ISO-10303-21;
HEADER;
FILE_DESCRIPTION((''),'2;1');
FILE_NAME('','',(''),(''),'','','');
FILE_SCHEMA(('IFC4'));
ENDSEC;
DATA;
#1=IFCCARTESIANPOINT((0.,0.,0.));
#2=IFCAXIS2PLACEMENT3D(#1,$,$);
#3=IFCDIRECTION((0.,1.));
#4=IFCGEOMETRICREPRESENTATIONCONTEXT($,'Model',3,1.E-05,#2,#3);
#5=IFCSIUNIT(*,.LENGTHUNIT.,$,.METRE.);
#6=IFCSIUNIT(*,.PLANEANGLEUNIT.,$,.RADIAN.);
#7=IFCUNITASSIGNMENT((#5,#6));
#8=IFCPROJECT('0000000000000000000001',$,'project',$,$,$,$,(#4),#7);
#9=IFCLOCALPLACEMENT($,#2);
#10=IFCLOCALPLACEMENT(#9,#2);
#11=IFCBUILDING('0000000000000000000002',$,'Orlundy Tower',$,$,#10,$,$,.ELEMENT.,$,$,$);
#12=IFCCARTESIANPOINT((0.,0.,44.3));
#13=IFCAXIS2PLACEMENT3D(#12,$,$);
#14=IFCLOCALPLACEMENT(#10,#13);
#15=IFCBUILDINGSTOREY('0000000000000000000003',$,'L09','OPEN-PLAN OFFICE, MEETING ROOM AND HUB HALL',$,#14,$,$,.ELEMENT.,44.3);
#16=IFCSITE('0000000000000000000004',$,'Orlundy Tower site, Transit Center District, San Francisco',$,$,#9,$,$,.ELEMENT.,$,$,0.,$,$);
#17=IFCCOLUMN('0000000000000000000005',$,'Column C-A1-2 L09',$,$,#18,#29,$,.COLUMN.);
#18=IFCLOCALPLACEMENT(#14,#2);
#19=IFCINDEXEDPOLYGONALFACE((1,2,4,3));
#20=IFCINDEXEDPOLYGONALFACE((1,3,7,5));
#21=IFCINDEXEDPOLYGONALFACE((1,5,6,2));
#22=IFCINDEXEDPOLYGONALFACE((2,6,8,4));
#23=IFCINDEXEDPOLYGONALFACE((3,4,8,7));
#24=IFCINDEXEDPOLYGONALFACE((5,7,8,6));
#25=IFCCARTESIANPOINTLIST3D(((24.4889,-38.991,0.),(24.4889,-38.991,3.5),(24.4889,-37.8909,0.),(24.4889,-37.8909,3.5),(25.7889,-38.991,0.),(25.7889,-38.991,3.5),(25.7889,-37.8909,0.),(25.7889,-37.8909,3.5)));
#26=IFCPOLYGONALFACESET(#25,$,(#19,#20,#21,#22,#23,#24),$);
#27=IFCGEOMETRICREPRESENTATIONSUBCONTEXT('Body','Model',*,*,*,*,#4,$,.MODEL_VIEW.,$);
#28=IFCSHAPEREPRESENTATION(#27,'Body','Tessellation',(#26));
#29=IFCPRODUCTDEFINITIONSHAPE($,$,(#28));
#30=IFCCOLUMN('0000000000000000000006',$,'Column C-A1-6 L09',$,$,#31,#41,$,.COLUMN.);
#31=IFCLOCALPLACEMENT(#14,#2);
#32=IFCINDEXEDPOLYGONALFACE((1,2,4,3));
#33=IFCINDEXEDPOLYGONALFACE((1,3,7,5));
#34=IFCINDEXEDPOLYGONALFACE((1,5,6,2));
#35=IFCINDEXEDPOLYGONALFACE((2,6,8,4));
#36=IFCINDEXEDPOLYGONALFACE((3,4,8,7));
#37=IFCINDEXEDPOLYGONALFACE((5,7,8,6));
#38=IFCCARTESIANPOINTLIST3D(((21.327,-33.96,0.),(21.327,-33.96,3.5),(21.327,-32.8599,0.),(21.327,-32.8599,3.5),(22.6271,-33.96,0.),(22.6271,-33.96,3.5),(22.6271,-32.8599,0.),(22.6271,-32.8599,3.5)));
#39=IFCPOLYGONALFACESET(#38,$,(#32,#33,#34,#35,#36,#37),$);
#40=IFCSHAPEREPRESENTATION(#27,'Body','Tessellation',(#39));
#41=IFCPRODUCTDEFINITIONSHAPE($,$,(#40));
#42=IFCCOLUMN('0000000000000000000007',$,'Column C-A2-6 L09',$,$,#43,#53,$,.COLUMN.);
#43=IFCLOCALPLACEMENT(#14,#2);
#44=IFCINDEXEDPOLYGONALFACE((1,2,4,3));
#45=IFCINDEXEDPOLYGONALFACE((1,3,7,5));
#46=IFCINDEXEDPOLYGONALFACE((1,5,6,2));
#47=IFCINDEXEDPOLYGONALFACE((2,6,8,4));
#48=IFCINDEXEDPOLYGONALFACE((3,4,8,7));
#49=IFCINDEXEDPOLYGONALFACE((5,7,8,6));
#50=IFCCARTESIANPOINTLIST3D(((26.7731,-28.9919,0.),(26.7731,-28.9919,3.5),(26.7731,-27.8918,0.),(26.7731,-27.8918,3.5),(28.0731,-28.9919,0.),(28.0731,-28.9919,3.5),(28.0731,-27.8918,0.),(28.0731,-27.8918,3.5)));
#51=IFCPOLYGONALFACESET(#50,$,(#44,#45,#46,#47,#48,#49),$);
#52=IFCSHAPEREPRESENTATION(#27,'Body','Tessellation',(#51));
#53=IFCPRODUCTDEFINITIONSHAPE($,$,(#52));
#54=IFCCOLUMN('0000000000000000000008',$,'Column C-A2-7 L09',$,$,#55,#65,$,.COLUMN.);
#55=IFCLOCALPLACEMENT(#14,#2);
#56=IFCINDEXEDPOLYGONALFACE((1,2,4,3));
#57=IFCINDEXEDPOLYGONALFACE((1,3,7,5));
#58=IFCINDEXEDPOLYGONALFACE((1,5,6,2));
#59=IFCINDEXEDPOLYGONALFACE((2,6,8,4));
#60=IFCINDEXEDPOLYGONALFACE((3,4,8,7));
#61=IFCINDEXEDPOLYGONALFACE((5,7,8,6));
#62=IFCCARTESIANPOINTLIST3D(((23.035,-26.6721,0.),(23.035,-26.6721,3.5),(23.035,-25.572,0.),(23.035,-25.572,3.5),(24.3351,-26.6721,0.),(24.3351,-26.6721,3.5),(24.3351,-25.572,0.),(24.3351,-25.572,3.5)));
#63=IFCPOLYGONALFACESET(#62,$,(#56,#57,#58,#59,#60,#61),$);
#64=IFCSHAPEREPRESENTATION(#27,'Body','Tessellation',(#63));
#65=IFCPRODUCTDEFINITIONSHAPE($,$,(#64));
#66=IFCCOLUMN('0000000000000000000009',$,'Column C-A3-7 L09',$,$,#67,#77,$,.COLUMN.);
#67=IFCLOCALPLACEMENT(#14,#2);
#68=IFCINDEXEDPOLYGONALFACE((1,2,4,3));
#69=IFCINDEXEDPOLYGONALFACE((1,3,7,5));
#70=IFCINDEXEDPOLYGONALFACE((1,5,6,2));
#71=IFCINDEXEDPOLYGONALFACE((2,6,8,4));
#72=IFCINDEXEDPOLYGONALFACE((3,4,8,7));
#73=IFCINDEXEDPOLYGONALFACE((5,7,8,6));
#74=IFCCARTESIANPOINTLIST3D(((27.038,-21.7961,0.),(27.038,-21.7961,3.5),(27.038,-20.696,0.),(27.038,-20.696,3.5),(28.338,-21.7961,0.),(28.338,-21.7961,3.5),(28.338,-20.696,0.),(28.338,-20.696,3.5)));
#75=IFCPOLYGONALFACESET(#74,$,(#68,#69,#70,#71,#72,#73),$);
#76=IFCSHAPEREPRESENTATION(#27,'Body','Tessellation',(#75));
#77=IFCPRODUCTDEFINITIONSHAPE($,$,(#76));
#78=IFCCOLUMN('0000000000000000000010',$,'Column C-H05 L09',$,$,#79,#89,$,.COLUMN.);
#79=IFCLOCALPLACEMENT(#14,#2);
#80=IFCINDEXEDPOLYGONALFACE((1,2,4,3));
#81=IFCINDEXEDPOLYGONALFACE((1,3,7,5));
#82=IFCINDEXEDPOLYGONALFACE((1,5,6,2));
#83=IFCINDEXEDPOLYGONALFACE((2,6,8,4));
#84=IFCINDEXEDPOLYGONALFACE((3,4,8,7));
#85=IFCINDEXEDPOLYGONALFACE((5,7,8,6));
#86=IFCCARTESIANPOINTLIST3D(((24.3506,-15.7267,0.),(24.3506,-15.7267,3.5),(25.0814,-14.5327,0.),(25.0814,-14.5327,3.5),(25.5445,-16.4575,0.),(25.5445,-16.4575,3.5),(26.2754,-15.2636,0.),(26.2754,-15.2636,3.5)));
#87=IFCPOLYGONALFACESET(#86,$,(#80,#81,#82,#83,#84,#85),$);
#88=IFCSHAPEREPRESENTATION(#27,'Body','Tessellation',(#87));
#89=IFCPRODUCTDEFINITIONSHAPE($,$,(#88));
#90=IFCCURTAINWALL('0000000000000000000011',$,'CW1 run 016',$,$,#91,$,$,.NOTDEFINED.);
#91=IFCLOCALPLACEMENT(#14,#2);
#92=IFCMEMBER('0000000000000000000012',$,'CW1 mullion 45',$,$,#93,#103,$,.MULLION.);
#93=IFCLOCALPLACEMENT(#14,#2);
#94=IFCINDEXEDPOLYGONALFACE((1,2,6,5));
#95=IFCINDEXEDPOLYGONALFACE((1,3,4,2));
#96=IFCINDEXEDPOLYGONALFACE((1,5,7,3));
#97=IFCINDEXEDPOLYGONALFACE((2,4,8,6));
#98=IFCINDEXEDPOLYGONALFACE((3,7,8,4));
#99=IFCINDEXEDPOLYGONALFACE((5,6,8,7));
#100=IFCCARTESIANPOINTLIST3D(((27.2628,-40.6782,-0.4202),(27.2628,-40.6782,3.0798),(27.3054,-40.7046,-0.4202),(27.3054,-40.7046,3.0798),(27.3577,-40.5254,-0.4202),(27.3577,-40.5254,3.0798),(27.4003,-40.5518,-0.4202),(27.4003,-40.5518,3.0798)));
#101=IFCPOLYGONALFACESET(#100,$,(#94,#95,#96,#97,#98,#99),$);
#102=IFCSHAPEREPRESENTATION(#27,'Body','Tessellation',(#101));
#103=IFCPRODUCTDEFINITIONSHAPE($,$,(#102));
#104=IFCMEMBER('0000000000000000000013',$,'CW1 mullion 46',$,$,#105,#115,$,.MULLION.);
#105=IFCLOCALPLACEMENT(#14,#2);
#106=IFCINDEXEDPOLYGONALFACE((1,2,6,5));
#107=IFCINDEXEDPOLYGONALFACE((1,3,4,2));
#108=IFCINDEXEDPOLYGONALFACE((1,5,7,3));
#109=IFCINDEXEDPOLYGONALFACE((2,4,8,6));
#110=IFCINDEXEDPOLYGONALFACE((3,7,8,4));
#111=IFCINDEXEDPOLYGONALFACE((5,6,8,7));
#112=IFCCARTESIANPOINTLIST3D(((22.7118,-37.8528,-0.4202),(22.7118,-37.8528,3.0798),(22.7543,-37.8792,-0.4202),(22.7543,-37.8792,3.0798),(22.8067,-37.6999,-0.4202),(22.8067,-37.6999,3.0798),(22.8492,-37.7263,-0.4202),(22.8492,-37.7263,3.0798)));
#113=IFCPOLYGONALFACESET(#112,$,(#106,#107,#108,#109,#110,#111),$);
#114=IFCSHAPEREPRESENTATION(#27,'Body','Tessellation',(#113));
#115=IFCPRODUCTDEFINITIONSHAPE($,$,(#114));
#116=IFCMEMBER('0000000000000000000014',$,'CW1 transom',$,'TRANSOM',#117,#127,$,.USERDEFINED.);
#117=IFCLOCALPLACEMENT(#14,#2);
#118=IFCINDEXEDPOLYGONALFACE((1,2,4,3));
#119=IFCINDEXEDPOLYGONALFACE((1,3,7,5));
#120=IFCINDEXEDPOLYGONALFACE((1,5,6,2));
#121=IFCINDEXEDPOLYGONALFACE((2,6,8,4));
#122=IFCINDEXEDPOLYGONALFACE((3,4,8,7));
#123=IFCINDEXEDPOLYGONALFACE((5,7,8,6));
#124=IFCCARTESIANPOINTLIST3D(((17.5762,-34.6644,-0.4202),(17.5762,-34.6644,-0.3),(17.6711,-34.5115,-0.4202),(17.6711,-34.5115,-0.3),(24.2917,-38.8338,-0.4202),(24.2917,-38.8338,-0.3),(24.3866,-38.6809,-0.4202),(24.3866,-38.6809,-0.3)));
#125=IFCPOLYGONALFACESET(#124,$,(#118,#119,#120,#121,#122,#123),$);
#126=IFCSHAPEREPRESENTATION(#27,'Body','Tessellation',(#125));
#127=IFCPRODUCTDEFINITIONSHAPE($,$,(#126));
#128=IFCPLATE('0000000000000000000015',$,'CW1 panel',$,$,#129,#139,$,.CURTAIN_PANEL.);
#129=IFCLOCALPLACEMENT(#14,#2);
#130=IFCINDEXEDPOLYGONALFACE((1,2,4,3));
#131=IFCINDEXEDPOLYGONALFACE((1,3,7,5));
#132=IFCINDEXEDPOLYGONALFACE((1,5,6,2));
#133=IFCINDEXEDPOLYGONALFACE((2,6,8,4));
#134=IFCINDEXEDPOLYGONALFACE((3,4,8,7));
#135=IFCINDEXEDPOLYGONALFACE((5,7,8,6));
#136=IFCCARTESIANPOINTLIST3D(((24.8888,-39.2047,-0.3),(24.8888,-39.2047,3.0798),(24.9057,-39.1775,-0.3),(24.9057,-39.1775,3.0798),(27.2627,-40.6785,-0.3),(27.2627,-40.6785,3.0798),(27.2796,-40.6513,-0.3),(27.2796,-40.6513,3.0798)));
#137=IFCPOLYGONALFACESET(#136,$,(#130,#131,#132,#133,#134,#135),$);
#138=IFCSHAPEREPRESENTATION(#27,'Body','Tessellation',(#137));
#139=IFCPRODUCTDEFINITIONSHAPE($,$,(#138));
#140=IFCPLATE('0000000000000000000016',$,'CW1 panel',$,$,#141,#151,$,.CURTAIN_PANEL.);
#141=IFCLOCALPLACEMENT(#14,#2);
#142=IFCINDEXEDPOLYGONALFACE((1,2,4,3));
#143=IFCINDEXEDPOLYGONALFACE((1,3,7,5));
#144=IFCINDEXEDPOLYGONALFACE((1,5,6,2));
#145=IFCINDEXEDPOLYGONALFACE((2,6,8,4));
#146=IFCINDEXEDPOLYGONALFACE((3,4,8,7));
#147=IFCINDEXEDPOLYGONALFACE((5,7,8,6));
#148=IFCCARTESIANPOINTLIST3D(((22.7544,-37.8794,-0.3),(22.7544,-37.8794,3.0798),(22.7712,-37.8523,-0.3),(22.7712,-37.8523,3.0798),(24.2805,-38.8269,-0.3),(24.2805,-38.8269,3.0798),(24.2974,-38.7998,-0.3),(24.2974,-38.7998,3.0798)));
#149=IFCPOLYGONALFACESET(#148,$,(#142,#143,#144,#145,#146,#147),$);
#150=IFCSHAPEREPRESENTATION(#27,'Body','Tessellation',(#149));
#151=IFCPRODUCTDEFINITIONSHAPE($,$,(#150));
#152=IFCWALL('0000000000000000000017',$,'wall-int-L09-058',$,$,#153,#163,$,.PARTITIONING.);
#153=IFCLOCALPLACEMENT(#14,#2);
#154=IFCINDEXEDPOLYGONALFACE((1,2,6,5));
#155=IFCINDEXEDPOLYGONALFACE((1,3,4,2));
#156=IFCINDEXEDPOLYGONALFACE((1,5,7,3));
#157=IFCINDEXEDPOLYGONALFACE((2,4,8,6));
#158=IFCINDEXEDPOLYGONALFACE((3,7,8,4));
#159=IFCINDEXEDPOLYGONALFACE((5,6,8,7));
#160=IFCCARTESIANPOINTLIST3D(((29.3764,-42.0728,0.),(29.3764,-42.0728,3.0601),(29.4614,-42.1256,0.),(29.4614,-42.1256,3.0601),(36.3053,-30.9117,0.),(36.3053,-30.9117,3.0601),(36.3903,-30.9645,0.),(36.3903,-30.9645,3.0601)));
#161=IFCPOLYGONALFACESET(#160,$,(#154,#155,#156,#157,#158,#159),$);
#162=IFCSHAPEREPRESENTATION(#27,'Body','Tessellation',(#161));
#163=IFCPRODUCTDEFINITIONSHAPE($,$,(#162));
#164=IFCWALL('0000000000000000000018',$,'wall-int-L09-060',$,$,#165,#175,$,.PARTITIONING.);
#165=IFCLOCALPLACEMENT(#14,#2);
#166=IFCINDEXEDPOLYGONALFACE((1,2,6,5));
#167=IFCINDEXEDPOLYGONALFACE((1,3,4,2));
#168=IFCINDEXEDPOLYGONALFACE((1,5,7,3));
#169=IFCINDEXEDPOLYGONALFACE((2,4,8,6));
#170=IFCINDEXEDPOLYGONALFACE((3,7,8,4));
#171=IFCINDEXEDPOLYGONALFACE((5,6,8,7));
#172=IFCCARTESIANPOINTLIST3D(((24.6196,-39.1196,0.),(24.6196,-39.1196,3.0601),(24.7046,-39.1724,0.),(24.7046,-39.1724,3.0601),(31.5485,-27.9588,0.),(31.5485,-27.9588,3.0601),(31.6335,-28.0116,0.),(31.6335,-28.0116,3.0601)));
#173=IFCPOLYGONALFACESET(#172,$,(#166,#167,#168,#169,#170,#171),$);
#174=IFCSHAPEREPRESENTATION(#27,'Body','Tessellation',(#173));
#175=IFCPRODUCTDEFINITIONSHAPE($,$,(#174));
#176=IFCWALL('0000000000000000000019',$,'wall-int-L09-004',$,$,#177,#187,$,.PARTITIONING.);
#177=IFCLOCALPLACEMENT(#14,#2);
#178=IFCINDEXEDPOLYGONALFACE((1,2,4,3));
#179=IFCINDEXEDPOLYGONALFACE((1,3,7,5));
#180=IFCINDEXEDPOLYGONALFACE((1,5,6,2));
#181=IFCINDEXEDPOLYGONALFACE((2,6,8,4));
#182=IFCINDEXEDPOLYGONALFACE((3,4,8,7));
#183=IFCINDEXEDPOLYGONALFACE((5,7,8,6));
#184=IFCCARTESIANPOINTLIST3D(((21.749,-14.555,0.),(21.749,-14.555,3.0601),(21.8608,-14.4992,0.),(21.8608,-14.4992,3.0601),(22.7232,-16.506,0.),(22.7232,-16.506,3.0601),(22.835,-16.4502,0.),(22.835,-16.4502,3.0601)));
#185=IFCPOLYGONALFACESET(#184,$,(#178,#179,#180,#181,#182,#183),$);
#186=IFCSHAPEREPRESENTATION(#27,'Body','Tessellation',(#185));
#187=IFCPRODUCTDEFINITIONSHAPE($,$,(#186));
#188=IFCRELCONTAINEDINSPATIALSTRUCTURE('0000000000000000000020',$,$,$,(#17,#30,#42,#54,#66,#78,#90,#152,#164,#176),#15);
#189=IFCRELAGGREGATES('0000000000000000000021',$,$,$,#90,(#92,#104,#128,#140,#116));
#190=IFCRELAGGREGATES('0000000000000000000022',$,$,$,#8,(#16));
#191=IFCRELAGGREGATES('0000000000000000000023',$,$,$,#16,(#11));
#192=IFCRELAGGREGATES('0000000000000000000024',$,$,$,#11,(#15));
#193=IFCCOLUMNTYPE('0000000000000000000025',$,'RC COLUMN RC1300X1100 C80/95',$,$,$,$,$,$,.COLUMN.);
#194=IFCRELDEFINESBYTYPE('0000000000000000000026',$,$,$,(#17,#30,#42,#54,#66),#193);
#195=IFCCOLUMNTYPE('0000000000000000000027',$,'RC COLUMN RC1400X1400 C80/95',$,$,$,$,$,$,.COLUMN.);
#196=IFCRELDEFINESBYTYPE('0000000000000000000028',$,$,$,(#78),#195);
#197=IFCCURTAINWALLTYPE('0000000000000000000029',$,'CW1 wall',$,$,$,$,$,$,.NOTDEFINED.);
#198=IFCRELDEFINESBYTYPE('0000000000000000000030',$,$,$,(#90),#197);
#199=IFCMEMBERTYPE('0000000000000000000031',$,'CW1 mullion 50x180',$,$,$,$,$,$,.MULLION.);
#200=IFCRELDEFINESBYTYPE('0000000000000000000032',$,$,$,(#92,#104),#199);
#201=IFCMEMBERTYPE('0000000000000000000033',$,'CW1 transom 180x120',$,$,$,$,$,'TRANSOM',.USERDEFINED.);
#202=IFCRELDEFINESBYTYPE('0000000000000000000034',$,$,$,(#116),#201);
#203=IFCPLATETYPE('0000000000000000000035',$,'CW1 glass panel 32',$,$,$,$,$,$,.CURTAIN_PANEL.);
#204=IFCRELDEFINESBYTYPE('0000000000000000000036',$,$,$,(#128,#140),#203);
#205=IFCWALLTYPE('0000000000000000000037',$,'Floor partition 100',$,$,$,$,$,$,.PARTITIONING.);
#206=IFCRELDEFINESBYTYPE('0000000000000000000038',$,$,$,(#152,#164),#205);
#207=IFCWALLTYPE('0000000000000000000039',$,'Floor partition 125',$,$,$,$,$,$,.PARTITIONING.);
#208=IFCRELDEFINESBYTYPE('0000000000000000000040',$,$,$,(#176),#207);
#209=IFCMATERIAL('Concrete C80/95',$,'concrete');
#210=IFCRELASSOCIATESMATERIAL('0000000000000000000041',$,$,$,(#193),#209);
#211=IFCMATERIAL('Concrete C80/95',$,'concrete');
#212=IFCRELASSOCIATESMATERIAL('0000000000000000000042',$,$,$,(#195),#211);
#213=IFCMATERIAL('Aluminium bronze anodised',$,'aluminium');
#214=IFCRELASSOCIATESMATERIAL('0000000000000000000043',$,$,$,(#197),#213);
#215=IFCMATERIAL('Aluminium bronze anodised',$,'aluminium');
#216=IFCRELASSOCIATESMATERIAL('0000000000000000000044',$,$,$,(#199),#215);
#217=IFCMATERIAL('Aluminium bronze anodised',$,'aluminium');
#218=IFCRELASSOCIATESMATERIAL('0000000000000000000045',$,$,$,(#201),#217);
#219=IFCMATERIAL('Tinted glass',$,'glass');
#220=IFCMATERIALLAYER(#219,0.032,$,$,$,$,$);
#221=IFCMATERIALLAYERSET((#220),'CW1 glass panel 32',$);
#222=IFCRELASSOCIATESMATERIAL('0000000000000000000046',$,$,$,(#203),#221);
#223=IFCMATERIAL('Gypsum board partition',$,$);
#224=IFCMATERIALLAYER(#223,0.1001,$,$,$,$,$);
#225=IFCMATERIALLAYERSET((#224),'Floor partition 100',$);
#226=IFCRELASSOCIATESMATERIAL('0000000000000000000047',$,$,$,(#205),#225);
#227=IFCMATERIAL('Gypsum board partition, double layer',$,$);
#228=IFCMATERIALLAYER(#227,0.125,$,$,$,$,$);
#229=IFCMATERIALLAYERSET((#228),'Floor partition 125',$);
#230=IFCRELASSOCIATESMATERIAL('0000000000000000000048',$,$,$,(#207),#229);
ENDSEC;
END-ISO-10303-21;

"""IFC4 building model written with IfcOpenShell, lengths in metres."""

from ifc_helpers import new_model, si_unit, direction, frame, frame_2d, origin, origin_2d, place, context, subcontext, project, spatial, rectangle, extrude, material, layer, layer_set, material_profile, profile_set, type_object, element, aggregate, save


model = new_model("IFC4")

# Units and contexts
model_context = context("Model", 3, precision=1e-05, world=origin(), true_north=direction((0.0, 1.0)))
body_context = subcontext(model_context, "Body", "Model", "MODEL_VIEW")
ifc_project = project(units=[si_unit("LENGTHUNIT", "METRE"), si_unit("PLANEANGLEUNIT", "RADIAN")], contexts=[model_context])

# Site, building, storey
site_placement = place(None, origin())
site = spatial("IfcSite", under=ifc_project, at=site_placement, Name="Orlundy Tower site, Transit Center District, San Francisco", CompositionType="ELEMENT", RefElevation=0.0)
building_placement = place(site_placement, origin())
building = spatial("IfcBuilding", under=site, at=building_placement, Name="Orlundy Tower", CompositionType="ELEMENT")
storey_placement = place(building_placement, frame((0.0, 0.0, 44.3)))
storey = spatial("IfcBuildingStorey", under=building, at=storey_placement, Name="L09", Description="OPEN-PLAN OFFICE, MEETING ROOM AND HUB HALL", CompositionType="ELEMENT", Elevation=44.3)

# Columns
ifc_material_1 = material(Name="Concrete C80/95", Category="concrete")
ifc_material_profile_1 = material_profile(ifc_material_1, rectangle(XDim=1.3, YDim=1.1001, at=origin_2d()), Name="RC1300X1100")
ifc_profile_set_1 = profile_set([ifc_material_profile_1], Name="Concrete C80/95")
column_type_1 = type_object("IfcColumnType", Name="RC COLUMN RC1300X1100 C80/95", PredefinedType="COLUMN", material=ifc_profile_set_1)
for number, where, z_axis, x_axis, name in (
    (1, (25.1389, -38.4409, 0.0), (0.0, 0.0, 1.0), (1.0, 0.0, 0.0), "Column C-A1-2 L09"),
    (2, (21.9771, -33.4099, 0.0), (0.0, 0.0, 1.0), (1.0, 0.0, 0.0), "Column C-A1-6 L09"),
    (3, (27.4231, -28.4419, 0.0), (0.0, 0.0, 1.0), (1.0, 0.0, 0.0), "Column C-A2-6 L09"),
    (4, (23.6851, -26.1221, 0.0), (0.0, 0.0, 1.0), (1.0, 0.0, 0.0), "Column C-A2-7 L09"),
    (5, (27.688, -21.2461, 0.0), (0.0, 0.0, 1.0), (1.0, 0.0, 0.0), "Column C-A3-7 L09"),
):
    element("IfcColumn", number, at=place(storey_placement, frame(where, z_axis=z_axis, x_axis=x_axis)), inside=storey, type_object=column_type_1, Name=name, PredefinedType="COLUMN", context=body_context, shape_type="SweptSolid", body=[
        extrude(rectangle(XDim=1.3, YDim=1.1001, at=origin_2d()), origin(), (0.0, 0.0, 1.0), 3.5),
    ])
ifc_material_2 = material(Name="Concrete C80/95", Category="concrete")
ifc_material_profile_2 = material_profile(ifc_material_2, rectangle(XDim=1.3999, YDim=1.3999, at=origin_2d()), Name="RC1400X1400")
ifc_profile_set_2 = profile_set([ifc_material_profile_2], Name="Concrete C80/95")
column_type_2 = type_object("IfcColumnType", Name="RC COLUMN RC1400X1400 C80/95", PredefinedType="COLUMN", material=ifc_profile_set_2)
column_placement = place(storey_placement, frame((25.313, -15.4951, 0.0), z_axis=(0.0, 0.0, 1.0), x_axis=(0.852895, -0.522082, 0.0)))
element("IfcColumn", 6, at=column_placement, inside=storey, type_object=column_type_2, Name="Column C-H05 L09", PredefinedType="COLUMN", context=body_context, shape_type="SweptSolid", body=[
    extrude(rectangle(XDim=1.3999, YDim=1.3999, at=origin_2d()), origin(), (0.0, 0.0, 1.0), 3.5),
])

# Curtain wall, members, plates
ifc_material_3 = material(Name="Aluminium bronze anodised", Category="aluminium")
curtain_wall_type = type_object("IfcCurtainWallType", Name="CW1 wall", PredefinedType="NOTDEFINED", material=ifc_material_3)
curtain_wall_placement = place(storey_placement, origin())
curtain_wall = element("IfcCurtainWall", 7, at=curtain_wall_placement, inside=storey, type_object=curtain_wall_type, Name="CW1 run 016", PredefinedType="NOTDEFINED")
ifc_material_4 = material(Name="Aluminium bronze anodised", Category="aluminium")
ifc_material_profile_3 = material_profile(ifc_material_4, rectangle(XDim=0.1799, YDim=0.05, at=origin_2d()), Name="CW1 mullion 50x180")
ifc_profile_set_3 = profile_set([ifc_material_profile_3], Name="Aluminium bronze anodised")
member_type_1 = type_object("IfcMemberType", Name="CW1 mullion 50x180", PredefinedType="MULLION", material=ifc_profile_set_3)
member_1_placement = place(storey_placement, frame((27.3315, -40.615, -0.4202), z_axis=(0.0, 0.0, 1.0), x_axis=(-0.527449, -0.849587, 0.0)))
member_1 = element("IfcMember", 8, at=member_1_placement, type_object=member_type_1, Name="CW1 mullion 45", PredefinedType="MULLION", context=body_context, shape_type="SweptSolid", body=[
    extrude(rectangle(XDim=0.1799, YDim=0.05, at=origin_2d()), origin(), (0.0, 0.0, 1.0), 3.5),
])
member_2_placement = place(storey_placement, frame((22.7805, -37.7896, -0.4202), z_axis=(0.0, 0.0, 1.0), x_axis=(-0.527449, -0.849587, 0.0)))
member_2 = element("IfcMember", 9, at=member_2_placement, type_object=member_type_1, Name="CW1 mullion 46", PredefinedType="MULLION", context=body_context, shape_type="SweptSolid", body=[
    extrude(rectangle(XDim=0.1799, YDim=0.05, at=origin_2d()), origin(), (0.0, 0.0, 1.0), 3.5),
])
ifc_material_5 = material(Name="Aluminium bronze anodised", Category="aluminium")
ifc_material_profile_4 = material_profile(ifc_material_5, rectangle(XDim=0.1799, YDim=0.1201, at=origin_2d()), Name="CW1 transom 180x120")
ifc_profile_set_4 = profile_set([ifc_material_profile_4], Name="Aluminium bronze anodised")
member_type_2 = type_object("IfcMemberType", Name="CW1 transom 180x120", ElementType="TRANSOM", PredefinedType="USERDEFINED", material=ifc_profile_set_4)
member_3_placement = place(storey_placement, frame((24.3391, -38.7573, -0.3601), z_axis=(-0.849575, 0.527467, 0.0), x_axis=(-0.527467, -0.849575, 0.0)))
member_3 = element("IfcMember", 10, at=member_3_placement, type_object=member_type_2, Name="CW1 transom", ObjectType="TRANSOM", PredefinedType="USERDEFINED", context=body_context, shape_type="SweptSolid", body=[
    extrude(rectangle(XDim=0.1799, YDim=0.1201, at=origin_2d()), origin(), (0.0, 0.0, 1.0), 7.9045),
])
ifc_material_6 = material(Name="Tinted glass", Category="glass")
ifc_layer_1 = layer(ifc_material_6, 0.032)
ifc_layer_set_1 = layer_set([ifc_layer_1], Name="CW1 glass panel 32")
plate_type = type_object("IfcPlateType", Name="CW1 glass panel 32", PredefinedType="CURTAIN_PANEL", material=ifc_layer_set_1)
plate_1_placement = place(storey_placement, frame((26.0842, -39.928, -0.3), z_axis=(0.0, 0.0, 1.0), x_axis=(-0.849587, 0.527449, 0.0)))
plate_1 = element("IfcPlate", 11, at=plate_1_placement, type_object=plate_type, Name="CW1 panel", PredefinedType="CURTAIN_PANEL", context=body_context, shape_type="SweptSolid", body=[
    extrude(rectangle(XDim=2.7942, YDim=0.032, at=origin_2d()), origin(), (0.0, 0.0, 1.0), 3.3799),
])
plate_2_placement = place(storey_placement, frame((23.5259, -38.3396, -0.3), z_axis=(0.0, 0.0, 1.0), x_axis=(-0.849587, 0.527449, 0.0)))
plate_2 = element("IfcPlate", 12, at=plate_2_placement, type_object=plate_type, Name="CW1 panel", PredefinedType="CURTAIN_PANEL", context=body_context, shape_type="SweptSolid", body=[
    extrude(rectangle(XDim=1.7964, YDim=0.032, at=origin_2d()), origin(), (0.0, 0.0, 1.0), 3.3799),
])
aggregate(curtain_wall, [member_1, member_2, plate_1, plate_2, member_3])

# Walls
ifc_material_7 = material(Name="Gypsum board partition")
ifc_layer_2 = layer(ifc_material_7, 0.1001)
ifc_layer_set_2 = layer_set([ifc_layer_2], Name="Floor partition 100")
wall_type_1 = type_object("IfcWallType", Name="Floor partition 100", PredefinedType="PARTITIONING", material=ifc_layer_set_2)
wall_1_placement = place(storey_placement, frame((29.4189, -42.0991, 0.0), z_axis=(0.0, 0.0, 1.0), x_axis=(0.527437, 0.849594, 0.0)))
element("IfcWall", 13, at=wall_1_placement, inside=storey, type_object=wall_type_1, Name="wall-int-L09-058", PredefinedType="PARTITIONING", context=body_context, shape_type="SweptSolid", body=[
    extrude(rectangle(XDim=13.137, YDim=0.1001, at=frame_2d((6.5684, 0.0))), origin(), (0.0, 0.0, 1.0), 3.0601),
])
wall_2_placement = place(storey_placement, frame((24.6621, -39.146, 0.0), z_axis=(0.0, 0.0, 1.0), x_axis=(0.527446, 0.849589, 0.0)))
element("IfcWall", 14, at=wall_2_placement, inside=storey, type_object=wall_type_1, Name="wall-int-L09-060", PredefinedType="PARTITIONING", context=body_context, shape_type="SweptSolid", body=[
    extrude(rectangle(XDim=13.1367, YDim=0.1001, at=frame_2d((6.5684, 0.0))), origin(), (0.0, 0.0, 1.0), 3.0601),
])
ifc_material_8 = material(Name="Gypsum board partition, double layer")
ifc_layer_3 = layer(ifc_material_8, 0.125)
ifc_layer_set_3 = layer_set([ifc_layer_3], Name="Floor partition 125")
wall_type_2 = type_object("IfcWallType", Name="Floor partition 125", PredefinedType="PARTITIONING", material=ifc_layer_set_3)
wall_3_placement = place(storey_placement, frame((21.8049, -14.5271, 0.0), z_axis=(0.0, 0.0, 1.0), x_axis=(0.446721, -0.894673, 0.0)))
element("IfcWall", 15, at=wall_3_placement, inside=storey, type_object=wall_type_2, Name="wall-int-L09-004", PredefinedType="PARTITIONING", context=body_context, shape_type="SweptSolid", body=[
    extrude(rectangle(XDim=2.1807, YDim=0.125, at=frame_2d((1.0903, 0.0))), origin(), (0.0, 0.0, 1.0), 3.0601),
])

save(model, "model.ifc")
